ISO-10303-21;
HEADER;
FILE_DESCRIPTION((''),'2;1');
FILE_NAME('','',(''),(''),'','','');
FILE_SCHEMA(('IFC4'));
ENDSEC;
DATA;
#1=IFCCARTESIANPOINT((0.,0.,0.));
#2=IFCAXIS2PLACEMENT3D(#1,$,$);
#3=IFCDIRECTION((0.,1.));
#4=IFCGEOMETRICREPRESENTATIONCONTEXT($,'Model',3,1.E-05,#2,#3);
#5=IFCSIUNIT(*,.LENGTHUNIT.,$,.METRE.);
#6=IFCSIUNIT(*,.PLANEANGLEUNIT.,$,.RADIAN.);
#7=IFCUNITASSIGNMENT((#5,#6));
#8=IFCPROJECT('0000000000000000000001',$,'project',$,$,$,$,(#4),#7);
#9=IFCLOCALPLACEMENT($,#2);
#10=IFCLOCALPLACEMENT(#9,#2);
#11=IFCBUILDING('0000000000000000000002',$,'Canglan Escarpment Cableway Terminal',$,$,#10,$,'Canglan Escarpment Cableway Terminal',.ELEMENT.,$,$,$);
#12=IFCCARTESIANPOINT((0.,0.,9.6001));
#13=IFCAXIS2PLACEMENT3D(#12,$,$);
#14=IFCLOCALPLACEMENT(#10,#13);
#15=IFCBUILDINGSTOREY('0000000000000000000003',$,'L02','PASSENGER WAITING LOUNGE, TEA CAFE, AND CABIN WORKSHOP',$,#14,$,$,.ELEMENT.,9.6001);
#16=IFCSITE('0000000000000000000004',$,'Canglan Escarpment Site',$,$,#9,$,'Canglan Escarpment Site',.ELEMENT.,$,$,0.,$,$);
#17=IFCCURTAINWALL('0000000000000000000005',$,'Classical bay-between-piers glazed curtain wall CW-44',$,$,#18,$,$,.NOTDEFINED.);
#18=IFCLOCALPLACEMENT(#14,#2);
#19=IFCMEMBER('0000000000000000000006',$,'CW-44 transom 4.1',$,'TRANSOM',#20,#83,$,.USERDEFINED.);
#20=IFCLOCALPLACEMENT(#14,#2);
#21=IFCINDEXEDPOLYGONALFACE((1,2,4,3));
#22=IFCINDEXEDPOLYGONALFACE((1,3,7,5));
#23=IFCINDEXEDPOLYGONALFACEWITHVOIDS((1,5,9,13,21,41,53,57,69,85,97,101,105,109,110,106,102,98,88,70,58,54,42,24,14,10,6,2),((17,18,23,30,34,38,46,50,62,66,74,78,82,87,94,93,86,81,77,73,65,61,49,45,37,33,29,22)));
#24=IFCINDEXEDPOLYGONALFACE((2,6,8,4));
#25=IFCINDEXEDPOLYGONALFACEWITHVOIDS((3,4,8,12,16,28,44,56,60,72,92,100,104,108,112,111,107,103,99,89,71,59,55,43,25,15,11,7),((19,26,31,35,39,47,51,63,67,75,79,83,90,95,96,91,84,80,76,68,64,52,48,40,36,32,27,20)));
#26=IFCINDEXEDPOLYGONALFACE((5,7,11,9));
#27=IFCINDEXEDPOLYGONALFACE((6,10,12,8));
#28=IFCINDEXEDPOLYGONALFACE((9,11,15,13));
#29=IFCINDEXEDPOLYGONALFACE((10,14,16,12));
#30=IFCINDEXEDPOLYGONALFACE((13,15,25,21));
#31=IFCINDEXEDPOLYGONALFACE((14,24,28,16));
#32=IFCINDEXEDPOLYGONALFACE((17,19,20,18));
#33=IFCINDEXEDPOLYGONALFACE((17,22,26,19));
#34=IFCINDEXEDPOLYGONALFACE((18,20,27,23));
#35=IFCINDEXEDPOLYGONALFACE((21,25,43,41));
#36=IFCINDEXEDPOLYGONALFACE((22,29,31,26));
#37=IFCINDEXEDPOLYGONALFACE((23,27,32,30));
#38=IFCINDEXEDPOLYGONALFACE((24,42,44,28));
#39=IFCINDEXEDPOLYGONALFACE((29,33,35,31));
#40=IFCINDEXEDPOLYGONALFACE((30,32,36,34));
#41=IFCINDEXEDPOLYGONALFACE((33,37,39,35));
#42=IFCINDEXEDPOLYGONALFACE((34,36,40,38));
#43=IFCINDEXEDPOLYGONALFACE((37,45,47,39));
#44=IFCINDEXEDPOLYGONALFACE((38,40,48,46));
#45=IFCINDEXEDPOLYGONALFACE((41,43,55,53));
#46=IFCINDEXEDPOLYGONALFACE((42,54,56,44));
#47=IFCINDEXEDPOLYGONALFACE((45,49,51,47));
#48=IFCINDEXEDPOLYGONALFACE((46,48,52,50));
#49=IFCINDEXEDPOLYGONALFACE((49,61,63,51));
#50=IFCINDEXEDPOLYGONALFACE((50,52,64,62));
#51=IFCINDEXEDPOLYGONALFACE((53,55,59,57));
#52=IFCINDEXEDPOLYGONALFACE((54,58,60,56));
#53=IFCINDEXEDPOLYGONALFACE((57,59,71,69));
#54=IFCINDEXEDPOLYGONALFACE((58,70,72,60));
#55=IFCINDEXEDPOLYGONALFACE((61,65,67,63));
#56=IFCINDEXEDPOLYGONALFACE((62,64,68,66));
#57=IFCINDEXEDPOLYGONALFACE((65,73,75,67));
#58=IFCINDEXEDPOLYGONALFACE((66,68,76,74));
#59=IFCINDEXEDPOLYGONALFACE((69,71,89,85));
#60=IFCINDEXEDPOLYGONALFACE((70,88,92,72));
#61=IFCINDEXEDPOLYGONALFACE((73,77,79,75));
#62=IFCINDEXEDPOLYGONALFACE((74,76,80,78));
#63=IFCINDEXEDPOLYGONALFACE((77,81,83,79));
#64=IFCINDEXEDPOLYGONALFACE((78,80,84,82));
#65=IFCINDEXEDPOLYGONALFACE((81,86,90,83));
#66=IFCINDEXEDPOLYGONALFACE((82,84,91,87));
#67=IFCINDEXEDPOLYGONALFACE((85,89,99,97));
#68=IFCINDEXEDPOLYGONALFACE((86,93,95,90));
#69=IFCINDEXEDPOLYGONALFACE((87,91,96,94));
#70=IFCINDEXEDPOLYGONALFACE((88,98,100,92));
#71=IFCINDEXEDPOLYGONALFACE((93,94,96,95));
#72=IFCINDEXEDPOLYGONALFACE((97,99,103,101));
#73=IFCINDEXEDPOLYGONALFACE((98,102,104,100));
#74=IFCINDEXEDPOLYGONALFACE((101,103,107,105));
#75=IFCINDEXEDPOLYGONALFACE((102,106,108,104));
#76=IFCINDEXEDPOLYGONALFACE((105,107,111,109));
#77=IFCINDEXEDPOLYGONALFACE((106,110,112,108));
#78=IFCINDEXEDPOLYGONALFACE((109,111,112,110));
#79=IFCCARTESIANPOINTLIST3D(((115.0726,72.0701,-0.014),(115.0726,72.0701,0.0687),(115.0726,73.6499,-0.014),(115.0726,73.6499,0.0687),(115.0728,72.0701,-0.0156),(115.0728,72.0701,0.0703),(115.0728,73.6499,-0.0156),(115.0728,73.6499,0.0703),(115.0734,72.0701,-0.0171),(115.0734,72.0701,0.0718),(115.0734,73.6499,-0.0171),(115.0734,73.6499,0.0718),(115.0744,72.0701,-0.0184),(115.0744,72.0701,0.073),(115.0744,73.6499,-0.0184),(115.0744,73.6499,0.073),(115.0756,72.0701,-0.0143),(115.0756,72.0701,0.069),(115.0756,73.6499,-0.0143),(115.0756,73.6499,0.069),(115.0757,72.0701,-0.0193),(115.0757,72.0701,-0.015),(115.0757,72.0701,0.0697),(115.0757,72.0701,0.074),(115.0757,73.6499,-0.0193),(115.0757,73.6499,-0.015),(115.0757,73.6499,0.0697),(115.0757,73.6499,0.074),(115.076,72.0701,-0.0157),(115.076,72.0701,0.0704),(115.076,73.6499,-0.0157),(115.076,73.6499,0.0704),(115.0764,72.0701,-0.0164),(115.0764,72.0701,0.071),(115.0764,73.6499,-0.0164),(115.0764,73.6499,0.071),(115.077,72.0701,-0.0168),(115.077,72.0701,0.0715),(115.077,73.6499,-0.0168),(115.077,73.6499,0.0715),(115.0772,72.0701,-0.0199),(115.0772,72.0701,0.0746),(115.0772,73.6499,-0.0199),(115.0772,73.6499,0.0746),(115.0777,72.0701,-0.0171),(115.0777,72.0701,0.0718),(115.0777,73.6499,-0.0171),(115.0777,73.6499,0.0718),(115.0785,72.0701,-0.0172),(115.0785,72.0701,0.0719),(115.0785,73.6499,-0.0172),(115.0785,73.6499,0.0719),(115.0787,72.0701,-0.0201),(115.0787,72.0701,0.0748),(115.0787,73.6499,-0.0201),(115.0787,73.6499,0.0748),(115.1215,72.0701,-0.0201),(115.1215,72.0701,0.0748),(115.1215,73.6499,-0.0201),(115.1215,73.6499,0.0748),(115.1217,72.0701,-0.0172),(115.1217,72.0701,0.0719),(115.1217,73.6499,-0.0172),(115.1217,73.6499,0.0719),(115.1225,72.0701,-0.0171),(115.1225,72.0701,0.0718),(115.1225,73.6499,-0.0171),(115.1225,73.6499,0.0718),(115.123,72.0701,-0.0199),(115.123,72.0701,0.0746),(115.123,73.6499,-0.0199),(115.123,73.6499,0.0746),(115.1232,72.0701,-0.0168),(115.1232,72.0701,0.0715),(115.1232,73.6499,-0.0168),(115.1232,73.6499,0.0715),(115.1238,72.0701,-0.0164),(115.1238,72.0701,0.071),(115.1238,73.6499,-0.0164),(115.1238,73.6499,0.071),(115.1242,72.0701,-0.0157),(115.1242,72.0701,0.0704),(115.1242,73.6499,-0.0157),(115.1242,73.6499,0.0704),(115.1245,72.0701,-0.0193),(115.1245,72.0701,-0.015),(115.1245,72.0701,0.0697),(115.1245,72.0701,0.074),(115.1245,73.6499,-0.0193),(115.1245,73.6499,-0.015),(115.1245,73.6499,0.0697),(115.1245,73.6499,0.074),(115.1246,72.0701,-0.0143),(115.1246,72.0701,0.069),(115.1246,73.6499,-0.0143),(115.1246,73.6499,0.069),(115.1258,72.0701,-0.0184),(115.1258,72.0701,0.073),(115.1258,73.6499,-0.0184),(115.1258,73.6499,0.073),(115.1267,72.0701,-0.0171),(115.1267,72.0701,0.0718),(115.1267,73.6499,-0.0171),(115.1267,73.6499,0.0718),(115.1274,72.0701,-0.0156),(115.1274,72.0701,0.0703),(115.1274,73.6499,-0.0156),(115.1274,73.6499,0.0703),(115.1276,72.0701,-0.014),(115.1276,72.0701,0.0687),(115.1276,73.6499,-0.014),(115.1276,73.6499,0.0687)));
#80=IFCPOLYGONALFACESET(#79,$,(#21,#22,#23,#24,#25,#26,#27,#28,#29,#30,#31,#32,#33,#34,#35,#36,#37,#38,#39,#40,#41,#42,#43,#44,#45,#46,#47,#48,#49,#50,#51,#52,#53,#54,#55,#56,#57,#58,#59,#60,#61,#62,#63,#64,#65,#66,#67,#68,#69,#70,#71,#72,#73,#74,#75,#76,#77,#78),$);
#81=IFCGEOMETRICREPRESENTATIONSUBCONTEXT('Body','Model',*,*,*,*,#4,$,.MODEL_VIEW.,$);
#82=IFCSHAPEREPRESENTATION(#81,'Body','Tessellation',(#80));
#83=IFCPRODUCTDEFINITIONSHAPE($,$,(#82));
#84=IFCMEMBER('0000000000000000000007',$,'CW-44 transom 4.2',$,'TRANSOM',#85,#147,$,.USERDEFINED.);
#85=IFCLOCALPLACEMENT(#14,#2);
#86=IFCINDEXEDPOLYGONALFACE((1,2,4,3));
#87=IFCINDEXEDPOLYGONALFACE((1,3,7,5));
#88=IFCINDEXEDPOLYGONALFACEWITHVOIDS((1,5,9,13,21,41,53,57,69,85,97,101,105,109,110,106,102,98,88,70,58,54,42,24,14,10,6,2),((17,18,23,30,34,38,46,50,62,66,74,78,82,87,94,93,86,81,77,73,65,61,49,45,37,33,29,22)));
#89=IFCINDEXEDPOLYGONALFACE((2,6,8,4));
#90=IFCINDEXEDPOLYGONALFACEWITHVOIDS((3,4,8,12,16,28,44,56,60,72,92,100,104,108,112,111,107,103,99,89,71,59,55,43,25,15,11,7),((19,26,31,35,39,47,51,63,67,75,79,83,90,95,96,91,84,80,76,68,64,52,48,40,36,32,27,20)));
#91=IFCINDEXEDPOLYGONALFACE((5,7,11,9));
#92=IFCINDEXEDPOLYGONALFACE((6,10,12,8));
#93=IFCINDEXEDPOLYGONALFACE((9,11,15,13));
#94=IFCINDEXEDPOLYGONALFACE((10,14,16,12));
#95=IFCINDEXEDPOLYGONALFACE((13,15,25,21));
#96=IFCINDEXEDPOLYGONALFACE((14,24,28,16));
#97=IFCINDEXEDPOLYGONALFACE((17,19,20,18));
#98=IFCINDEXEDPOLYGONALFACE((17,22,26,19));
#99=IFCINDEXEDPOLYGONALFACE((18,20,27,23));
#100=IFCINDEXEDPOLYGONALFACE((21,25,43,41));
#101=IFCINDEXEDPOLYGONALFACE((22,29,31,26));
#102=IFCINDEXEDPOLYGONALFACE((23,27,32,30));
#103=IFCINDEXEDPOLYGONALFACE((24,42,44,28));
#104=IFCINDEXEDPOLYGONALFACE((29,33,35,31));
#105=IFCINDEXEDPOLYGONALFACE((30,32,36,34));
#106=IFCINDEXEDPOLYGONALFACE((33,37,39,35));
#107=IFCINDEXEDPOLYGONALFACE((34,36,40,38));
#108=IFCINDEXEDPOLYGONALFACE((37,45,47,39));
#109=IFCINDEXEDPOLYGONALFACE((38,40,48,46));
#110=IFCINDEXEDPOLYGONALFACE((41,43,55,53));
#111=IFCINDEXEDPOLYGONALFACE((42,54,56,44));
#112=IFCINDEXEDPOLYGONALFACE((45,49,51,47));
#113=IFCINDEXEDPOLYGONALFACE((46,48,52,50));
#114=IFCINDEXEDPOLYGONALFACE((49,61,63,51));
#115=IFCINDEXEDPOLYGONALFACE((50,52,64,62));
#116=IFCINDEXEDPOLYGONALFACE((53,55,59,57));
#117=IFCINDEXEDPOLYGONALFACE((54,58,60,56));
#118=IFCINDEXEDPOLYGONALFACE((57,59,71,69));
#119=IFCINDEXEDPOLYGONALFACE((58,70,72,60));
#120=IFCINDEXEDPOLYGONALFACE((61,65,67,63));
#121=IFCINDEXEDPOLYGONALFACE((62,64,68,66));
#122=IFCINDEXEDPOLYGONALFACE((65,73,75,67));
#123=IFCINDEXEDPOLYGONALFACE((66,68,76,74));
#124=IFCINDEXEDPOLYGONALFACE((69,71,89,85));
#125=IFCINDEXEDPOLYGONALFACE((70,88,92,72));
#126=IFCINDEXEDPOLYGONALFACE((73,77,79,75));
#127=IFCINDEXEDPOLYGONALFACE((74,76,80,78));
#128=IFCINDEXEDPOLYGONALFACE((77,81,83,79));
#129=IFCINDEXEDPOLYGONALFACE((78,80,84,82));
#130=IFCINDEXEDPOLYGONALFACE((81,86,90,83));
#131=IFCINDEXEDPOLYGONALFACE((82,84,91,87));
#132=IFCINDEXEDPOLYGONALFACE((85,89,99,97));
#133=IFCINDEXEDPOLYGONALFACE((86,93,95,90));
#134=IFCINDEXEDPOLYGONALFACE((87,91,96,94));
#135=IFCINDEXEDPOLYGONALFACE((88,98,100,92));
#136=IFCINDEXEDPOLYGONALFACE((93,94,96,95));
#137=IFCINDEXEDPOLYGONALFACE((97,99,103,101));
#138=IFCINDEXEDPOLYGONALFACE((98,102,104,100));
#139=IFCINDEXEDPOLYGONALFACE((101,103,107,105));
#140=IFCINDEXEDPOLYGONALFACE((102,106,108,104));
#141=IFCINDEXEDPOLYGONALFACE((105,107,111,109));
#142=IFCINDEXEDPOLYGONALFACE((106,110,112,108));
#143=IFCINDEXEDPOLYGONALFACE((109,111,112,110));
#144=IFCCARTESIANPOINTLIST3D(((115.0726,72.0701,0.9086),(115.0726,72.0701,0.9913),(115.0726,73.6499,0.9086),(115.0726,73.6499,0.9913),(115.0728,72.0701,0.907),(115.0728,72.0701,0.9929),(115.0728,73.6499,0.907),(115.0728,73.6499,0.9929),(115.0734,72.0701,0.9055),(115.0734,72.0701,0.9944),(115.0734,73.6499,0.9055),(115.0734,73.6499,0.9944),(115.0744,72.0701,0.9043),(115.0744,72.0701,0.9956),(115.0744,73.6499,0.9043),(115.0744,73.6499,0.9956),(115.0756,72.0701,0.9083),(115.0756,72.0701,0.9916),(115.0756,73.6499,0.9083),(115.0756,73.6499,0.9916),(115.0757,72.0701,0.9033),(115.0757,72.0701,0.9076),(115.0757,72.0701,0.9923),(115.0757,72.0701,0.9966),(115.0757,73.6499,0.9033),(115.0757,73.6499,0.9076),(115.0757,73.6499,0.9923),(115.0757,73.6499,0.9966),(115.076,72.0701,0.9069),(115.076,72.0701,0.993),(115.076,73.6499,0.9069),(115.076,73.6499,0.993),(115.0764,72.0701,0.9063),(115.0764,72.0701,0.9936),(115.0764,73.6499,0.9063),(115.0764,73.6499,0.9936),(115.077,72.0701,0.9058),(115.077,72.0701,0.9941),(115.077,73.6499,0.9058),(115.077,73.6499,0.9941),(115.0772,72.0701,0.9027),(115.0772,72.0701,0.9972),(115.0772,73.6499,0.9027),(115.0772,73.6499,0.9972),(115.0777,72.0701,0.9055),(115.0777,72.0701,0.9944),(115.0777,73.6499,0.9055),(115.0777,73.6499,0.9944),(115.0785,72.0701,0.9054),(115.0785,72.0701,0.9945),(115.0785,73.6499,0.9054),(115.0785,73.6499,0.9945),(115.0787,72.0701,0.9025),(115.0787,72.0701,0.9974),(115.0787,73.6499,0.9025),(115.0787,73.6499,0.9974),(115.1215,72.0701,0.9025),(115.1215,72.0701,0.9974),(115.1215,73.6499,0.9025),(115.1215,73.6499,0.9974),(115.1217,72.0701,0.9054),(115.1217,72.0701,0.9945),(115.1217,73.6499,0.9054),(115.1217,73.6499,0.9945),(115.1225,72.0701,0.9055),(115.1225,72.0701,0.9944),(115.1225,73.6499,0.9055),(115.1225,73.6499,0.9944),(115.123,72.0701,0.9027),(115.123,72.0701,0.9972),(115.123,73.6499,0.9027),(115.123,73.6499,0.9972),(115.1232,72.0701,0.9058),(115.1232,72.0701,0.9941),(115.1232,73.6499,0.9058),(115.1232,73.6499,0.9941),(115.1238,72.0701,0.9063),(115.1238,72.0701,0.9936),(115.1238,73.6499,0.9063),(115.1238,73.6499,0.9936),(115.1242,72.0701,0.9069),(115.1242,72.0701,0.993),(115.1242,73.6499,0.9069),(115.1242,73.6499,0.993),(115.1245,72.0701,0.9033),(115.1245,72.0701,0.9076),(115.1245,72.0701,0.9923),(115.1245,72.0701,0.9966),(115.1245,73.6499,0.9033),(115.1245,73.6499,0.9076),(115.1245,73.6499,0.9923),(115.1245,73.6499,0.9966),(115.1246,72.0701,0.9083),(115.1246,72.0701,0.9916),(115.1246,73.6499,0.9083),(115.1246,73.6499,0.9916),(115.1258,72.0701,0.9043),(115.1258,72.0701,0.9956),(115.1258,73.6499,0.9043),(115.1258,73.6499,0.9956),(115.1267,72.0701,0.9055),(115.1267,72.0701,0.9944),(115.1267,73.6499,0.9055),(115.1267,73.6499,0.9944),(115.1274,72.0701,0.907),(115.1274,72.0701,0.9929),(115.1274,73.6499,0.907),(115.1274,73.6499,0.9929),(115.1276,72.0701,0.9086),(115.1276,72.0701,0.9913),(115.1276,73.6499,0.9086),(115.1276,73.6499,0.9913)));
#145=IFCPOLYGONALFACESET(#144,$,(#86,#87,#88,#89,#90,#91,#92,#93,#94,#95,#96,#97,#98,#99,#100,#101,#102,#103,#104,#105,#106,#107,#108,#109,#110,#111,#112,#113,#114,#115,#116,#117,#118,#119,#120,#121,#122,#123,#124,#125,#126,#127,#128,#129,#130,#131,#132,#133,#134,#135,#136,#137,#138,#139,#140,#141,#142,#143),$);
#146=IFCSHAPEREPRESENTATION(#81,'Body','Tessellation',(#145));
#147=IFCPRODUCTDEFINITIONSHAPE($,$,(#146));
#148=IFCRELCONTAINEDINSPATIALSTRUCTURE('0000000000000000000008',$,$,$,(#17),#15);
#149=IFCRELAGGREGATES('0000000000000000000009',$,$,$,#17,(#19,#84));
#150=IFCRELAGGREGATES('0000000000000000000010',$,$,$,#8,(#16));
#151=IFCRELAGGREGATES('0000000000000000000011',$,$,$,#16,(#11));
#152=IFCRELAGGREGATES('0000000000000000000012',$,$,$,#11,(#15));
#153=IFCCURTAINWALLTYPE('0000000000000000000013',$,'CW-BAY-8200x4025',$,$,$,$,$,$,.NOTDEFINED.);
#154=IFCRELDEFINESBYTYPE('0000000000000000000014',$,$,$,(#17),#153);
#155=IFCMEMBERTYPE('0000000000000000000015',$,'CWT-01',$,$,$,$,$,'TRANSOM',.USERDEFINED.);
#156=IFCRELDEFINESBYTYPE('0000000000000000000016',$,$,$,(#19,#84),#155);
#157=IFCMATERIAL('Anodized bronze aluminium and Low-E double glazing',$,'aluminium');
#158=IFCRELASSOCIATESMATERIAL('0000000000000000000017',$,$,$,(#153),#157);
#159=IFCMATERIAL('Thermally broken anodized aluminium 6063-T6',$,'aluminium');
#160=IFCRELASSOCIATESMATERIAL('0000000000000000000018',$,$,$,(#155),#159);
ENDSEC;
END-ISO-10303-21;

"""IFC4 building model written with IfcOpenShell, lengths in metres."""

from ifc_helpers import new_model, si_unit, direction, frame, origin, origin_2d, place, context, subcontext, project, spatial, hollow_rectangle, extrude, material, material_profile, profile_set, type_object, element, aggregate, save


model = new_model("IFC4")

# Units and contexts
model_context = context("Model", 3, precision=1e-05, world=origin(), true_north=direction((0.0, 1.0)))
body_context = subcontext(model_context, "Body", "Model", "MODEL_VIEW")
ifc_project = project(units=[si_unit("LENGTHUNIT", "METRE"), si_unit("PLANEANGLEUNIT", "RADIAN")], contexts=[model_context])

# Site, building, storey
site_placement = place(None, origin())
site = spatial("IfcSite", under=ifc_project, at=site_placement, Name="Canglan Escarpment Site", LongName="Canglan Escarpment Site", CompositionType="ELEMENT", RefElevation=0.0)
building_placement = place(site_placement, origin())
building = spatial("IfcBuilding", under=site, at=building_placement, Name="Canglan Escarpment Cableway Terminal", LongName="Canglan Escarpment Cableway Terminal", CompositionType="ELEMENT")
storey_placement = place(building_placement, frame((0.0, 0.0, 9.6001)))
storey = spatial("IfcBuildingStorey", under=building, at=storey_placement, Name="L02", Description="PASSENGER WAITING LOUNGE, TEA CAFE, AND CABIN WORKSHOP", CompositionType="ELEMENT", Elevation=9.6001)

# Curtain wall
ifc_material_1 = material(Name="Anodized bronze aluminium and Low-E double glazing", Category="aluminium")
curtain_wall_type = type_object("IfcCurtainWallType", Name="CW-BAY-8200x4025", PredefinedType="NOTDEFINED", material=ifc_material_1)
curtain_wall_1_placement = place(storey_placement, origin())
curtain_wall_1 = element("IfcCurtainWall", 1, at=curtain_wall_1_placement, inside=storey, type_object=curtain_wall_type, Name="Classical bay-between-piers glazed curtain wall CW-44", PredefinedType="NOTDEFINED")
ifc_material_2 = material(Name="Thermally broken anodized aluminium 6063-T6", Category="aluminium")

# Members
ifc_material_profile_1 = material_profile(ifc_material_2, hollow_rectangle(XDim=0.0549, YDim=0.095, WallThickness=0.0029, InnerFilletRadius=0.0029, OuterFilletRadius=0.0061, at=origin_2d()), Name="ALU-TRAN 55x95x3")
ifc_profile_set_1 = profile_set([ifc_material_profile_1], Name="Thermally broken anodized aluminium 6063-T6")
member_type_1 = type_object("IfcMemberType", Name="CWT-01", ElementType="TRANSOM", PredefinedType="USERDEFINED", material=ifc_profile_set_1)
member_1_placement = place(storey_placement, frame((115.1001, 73.6499, 0.0273), z_axis=(0.0, -1.0, 0.0), x_axis=(1.0, 0.0, 0.0)))
member_1 = element("IfcMember", 2, at=member_1_placement, type_object=member_type_1, Name="CW-44 transom 4.1", ObjectType="TRANSOM", PredefinedType="USERDEFINED", context=body_context, shape_type="SweptSolid", body=[
    extrude(hollow_rectangle(XDim=0.0549, YDim=0.095, WallThickness=0.0029, InnerFilletRadius=0.0029, OuterFilletRadius=0.0061, at=origin_2d()), origin(), (0.0, 0.0, 1.0), 1.5798),
])
member_2_placement = place(storey_placement, frame((115.1001, 73.6499, 0.95), z_axis=(0.0, -1.0, 0.0), x_axis=(1.0, 0.0, 0.0)))
member_2 = element("IfcMember", 3, at=member_2_placement, type_object=member_type_1, Name="CW-44 transom 4.2", ObjectType="TRANSOM", PredefinedType="USERDEFINED", context=body_context, shape_type="SweptSolid", body=[
    extrude(hollow_rectangle(XDim=0.0549, YDim=0.095, WallThickness=0.0029, InnerFilletRadius=0.0029, OuterFilletRadius=0.0061, at=origin_2d()), origin(), (0.0, 0.0, 1.0), 1.5798),
])

aggregate(curtain_wall_1, [member_1, member_2])

save(model, "model.ifc")
